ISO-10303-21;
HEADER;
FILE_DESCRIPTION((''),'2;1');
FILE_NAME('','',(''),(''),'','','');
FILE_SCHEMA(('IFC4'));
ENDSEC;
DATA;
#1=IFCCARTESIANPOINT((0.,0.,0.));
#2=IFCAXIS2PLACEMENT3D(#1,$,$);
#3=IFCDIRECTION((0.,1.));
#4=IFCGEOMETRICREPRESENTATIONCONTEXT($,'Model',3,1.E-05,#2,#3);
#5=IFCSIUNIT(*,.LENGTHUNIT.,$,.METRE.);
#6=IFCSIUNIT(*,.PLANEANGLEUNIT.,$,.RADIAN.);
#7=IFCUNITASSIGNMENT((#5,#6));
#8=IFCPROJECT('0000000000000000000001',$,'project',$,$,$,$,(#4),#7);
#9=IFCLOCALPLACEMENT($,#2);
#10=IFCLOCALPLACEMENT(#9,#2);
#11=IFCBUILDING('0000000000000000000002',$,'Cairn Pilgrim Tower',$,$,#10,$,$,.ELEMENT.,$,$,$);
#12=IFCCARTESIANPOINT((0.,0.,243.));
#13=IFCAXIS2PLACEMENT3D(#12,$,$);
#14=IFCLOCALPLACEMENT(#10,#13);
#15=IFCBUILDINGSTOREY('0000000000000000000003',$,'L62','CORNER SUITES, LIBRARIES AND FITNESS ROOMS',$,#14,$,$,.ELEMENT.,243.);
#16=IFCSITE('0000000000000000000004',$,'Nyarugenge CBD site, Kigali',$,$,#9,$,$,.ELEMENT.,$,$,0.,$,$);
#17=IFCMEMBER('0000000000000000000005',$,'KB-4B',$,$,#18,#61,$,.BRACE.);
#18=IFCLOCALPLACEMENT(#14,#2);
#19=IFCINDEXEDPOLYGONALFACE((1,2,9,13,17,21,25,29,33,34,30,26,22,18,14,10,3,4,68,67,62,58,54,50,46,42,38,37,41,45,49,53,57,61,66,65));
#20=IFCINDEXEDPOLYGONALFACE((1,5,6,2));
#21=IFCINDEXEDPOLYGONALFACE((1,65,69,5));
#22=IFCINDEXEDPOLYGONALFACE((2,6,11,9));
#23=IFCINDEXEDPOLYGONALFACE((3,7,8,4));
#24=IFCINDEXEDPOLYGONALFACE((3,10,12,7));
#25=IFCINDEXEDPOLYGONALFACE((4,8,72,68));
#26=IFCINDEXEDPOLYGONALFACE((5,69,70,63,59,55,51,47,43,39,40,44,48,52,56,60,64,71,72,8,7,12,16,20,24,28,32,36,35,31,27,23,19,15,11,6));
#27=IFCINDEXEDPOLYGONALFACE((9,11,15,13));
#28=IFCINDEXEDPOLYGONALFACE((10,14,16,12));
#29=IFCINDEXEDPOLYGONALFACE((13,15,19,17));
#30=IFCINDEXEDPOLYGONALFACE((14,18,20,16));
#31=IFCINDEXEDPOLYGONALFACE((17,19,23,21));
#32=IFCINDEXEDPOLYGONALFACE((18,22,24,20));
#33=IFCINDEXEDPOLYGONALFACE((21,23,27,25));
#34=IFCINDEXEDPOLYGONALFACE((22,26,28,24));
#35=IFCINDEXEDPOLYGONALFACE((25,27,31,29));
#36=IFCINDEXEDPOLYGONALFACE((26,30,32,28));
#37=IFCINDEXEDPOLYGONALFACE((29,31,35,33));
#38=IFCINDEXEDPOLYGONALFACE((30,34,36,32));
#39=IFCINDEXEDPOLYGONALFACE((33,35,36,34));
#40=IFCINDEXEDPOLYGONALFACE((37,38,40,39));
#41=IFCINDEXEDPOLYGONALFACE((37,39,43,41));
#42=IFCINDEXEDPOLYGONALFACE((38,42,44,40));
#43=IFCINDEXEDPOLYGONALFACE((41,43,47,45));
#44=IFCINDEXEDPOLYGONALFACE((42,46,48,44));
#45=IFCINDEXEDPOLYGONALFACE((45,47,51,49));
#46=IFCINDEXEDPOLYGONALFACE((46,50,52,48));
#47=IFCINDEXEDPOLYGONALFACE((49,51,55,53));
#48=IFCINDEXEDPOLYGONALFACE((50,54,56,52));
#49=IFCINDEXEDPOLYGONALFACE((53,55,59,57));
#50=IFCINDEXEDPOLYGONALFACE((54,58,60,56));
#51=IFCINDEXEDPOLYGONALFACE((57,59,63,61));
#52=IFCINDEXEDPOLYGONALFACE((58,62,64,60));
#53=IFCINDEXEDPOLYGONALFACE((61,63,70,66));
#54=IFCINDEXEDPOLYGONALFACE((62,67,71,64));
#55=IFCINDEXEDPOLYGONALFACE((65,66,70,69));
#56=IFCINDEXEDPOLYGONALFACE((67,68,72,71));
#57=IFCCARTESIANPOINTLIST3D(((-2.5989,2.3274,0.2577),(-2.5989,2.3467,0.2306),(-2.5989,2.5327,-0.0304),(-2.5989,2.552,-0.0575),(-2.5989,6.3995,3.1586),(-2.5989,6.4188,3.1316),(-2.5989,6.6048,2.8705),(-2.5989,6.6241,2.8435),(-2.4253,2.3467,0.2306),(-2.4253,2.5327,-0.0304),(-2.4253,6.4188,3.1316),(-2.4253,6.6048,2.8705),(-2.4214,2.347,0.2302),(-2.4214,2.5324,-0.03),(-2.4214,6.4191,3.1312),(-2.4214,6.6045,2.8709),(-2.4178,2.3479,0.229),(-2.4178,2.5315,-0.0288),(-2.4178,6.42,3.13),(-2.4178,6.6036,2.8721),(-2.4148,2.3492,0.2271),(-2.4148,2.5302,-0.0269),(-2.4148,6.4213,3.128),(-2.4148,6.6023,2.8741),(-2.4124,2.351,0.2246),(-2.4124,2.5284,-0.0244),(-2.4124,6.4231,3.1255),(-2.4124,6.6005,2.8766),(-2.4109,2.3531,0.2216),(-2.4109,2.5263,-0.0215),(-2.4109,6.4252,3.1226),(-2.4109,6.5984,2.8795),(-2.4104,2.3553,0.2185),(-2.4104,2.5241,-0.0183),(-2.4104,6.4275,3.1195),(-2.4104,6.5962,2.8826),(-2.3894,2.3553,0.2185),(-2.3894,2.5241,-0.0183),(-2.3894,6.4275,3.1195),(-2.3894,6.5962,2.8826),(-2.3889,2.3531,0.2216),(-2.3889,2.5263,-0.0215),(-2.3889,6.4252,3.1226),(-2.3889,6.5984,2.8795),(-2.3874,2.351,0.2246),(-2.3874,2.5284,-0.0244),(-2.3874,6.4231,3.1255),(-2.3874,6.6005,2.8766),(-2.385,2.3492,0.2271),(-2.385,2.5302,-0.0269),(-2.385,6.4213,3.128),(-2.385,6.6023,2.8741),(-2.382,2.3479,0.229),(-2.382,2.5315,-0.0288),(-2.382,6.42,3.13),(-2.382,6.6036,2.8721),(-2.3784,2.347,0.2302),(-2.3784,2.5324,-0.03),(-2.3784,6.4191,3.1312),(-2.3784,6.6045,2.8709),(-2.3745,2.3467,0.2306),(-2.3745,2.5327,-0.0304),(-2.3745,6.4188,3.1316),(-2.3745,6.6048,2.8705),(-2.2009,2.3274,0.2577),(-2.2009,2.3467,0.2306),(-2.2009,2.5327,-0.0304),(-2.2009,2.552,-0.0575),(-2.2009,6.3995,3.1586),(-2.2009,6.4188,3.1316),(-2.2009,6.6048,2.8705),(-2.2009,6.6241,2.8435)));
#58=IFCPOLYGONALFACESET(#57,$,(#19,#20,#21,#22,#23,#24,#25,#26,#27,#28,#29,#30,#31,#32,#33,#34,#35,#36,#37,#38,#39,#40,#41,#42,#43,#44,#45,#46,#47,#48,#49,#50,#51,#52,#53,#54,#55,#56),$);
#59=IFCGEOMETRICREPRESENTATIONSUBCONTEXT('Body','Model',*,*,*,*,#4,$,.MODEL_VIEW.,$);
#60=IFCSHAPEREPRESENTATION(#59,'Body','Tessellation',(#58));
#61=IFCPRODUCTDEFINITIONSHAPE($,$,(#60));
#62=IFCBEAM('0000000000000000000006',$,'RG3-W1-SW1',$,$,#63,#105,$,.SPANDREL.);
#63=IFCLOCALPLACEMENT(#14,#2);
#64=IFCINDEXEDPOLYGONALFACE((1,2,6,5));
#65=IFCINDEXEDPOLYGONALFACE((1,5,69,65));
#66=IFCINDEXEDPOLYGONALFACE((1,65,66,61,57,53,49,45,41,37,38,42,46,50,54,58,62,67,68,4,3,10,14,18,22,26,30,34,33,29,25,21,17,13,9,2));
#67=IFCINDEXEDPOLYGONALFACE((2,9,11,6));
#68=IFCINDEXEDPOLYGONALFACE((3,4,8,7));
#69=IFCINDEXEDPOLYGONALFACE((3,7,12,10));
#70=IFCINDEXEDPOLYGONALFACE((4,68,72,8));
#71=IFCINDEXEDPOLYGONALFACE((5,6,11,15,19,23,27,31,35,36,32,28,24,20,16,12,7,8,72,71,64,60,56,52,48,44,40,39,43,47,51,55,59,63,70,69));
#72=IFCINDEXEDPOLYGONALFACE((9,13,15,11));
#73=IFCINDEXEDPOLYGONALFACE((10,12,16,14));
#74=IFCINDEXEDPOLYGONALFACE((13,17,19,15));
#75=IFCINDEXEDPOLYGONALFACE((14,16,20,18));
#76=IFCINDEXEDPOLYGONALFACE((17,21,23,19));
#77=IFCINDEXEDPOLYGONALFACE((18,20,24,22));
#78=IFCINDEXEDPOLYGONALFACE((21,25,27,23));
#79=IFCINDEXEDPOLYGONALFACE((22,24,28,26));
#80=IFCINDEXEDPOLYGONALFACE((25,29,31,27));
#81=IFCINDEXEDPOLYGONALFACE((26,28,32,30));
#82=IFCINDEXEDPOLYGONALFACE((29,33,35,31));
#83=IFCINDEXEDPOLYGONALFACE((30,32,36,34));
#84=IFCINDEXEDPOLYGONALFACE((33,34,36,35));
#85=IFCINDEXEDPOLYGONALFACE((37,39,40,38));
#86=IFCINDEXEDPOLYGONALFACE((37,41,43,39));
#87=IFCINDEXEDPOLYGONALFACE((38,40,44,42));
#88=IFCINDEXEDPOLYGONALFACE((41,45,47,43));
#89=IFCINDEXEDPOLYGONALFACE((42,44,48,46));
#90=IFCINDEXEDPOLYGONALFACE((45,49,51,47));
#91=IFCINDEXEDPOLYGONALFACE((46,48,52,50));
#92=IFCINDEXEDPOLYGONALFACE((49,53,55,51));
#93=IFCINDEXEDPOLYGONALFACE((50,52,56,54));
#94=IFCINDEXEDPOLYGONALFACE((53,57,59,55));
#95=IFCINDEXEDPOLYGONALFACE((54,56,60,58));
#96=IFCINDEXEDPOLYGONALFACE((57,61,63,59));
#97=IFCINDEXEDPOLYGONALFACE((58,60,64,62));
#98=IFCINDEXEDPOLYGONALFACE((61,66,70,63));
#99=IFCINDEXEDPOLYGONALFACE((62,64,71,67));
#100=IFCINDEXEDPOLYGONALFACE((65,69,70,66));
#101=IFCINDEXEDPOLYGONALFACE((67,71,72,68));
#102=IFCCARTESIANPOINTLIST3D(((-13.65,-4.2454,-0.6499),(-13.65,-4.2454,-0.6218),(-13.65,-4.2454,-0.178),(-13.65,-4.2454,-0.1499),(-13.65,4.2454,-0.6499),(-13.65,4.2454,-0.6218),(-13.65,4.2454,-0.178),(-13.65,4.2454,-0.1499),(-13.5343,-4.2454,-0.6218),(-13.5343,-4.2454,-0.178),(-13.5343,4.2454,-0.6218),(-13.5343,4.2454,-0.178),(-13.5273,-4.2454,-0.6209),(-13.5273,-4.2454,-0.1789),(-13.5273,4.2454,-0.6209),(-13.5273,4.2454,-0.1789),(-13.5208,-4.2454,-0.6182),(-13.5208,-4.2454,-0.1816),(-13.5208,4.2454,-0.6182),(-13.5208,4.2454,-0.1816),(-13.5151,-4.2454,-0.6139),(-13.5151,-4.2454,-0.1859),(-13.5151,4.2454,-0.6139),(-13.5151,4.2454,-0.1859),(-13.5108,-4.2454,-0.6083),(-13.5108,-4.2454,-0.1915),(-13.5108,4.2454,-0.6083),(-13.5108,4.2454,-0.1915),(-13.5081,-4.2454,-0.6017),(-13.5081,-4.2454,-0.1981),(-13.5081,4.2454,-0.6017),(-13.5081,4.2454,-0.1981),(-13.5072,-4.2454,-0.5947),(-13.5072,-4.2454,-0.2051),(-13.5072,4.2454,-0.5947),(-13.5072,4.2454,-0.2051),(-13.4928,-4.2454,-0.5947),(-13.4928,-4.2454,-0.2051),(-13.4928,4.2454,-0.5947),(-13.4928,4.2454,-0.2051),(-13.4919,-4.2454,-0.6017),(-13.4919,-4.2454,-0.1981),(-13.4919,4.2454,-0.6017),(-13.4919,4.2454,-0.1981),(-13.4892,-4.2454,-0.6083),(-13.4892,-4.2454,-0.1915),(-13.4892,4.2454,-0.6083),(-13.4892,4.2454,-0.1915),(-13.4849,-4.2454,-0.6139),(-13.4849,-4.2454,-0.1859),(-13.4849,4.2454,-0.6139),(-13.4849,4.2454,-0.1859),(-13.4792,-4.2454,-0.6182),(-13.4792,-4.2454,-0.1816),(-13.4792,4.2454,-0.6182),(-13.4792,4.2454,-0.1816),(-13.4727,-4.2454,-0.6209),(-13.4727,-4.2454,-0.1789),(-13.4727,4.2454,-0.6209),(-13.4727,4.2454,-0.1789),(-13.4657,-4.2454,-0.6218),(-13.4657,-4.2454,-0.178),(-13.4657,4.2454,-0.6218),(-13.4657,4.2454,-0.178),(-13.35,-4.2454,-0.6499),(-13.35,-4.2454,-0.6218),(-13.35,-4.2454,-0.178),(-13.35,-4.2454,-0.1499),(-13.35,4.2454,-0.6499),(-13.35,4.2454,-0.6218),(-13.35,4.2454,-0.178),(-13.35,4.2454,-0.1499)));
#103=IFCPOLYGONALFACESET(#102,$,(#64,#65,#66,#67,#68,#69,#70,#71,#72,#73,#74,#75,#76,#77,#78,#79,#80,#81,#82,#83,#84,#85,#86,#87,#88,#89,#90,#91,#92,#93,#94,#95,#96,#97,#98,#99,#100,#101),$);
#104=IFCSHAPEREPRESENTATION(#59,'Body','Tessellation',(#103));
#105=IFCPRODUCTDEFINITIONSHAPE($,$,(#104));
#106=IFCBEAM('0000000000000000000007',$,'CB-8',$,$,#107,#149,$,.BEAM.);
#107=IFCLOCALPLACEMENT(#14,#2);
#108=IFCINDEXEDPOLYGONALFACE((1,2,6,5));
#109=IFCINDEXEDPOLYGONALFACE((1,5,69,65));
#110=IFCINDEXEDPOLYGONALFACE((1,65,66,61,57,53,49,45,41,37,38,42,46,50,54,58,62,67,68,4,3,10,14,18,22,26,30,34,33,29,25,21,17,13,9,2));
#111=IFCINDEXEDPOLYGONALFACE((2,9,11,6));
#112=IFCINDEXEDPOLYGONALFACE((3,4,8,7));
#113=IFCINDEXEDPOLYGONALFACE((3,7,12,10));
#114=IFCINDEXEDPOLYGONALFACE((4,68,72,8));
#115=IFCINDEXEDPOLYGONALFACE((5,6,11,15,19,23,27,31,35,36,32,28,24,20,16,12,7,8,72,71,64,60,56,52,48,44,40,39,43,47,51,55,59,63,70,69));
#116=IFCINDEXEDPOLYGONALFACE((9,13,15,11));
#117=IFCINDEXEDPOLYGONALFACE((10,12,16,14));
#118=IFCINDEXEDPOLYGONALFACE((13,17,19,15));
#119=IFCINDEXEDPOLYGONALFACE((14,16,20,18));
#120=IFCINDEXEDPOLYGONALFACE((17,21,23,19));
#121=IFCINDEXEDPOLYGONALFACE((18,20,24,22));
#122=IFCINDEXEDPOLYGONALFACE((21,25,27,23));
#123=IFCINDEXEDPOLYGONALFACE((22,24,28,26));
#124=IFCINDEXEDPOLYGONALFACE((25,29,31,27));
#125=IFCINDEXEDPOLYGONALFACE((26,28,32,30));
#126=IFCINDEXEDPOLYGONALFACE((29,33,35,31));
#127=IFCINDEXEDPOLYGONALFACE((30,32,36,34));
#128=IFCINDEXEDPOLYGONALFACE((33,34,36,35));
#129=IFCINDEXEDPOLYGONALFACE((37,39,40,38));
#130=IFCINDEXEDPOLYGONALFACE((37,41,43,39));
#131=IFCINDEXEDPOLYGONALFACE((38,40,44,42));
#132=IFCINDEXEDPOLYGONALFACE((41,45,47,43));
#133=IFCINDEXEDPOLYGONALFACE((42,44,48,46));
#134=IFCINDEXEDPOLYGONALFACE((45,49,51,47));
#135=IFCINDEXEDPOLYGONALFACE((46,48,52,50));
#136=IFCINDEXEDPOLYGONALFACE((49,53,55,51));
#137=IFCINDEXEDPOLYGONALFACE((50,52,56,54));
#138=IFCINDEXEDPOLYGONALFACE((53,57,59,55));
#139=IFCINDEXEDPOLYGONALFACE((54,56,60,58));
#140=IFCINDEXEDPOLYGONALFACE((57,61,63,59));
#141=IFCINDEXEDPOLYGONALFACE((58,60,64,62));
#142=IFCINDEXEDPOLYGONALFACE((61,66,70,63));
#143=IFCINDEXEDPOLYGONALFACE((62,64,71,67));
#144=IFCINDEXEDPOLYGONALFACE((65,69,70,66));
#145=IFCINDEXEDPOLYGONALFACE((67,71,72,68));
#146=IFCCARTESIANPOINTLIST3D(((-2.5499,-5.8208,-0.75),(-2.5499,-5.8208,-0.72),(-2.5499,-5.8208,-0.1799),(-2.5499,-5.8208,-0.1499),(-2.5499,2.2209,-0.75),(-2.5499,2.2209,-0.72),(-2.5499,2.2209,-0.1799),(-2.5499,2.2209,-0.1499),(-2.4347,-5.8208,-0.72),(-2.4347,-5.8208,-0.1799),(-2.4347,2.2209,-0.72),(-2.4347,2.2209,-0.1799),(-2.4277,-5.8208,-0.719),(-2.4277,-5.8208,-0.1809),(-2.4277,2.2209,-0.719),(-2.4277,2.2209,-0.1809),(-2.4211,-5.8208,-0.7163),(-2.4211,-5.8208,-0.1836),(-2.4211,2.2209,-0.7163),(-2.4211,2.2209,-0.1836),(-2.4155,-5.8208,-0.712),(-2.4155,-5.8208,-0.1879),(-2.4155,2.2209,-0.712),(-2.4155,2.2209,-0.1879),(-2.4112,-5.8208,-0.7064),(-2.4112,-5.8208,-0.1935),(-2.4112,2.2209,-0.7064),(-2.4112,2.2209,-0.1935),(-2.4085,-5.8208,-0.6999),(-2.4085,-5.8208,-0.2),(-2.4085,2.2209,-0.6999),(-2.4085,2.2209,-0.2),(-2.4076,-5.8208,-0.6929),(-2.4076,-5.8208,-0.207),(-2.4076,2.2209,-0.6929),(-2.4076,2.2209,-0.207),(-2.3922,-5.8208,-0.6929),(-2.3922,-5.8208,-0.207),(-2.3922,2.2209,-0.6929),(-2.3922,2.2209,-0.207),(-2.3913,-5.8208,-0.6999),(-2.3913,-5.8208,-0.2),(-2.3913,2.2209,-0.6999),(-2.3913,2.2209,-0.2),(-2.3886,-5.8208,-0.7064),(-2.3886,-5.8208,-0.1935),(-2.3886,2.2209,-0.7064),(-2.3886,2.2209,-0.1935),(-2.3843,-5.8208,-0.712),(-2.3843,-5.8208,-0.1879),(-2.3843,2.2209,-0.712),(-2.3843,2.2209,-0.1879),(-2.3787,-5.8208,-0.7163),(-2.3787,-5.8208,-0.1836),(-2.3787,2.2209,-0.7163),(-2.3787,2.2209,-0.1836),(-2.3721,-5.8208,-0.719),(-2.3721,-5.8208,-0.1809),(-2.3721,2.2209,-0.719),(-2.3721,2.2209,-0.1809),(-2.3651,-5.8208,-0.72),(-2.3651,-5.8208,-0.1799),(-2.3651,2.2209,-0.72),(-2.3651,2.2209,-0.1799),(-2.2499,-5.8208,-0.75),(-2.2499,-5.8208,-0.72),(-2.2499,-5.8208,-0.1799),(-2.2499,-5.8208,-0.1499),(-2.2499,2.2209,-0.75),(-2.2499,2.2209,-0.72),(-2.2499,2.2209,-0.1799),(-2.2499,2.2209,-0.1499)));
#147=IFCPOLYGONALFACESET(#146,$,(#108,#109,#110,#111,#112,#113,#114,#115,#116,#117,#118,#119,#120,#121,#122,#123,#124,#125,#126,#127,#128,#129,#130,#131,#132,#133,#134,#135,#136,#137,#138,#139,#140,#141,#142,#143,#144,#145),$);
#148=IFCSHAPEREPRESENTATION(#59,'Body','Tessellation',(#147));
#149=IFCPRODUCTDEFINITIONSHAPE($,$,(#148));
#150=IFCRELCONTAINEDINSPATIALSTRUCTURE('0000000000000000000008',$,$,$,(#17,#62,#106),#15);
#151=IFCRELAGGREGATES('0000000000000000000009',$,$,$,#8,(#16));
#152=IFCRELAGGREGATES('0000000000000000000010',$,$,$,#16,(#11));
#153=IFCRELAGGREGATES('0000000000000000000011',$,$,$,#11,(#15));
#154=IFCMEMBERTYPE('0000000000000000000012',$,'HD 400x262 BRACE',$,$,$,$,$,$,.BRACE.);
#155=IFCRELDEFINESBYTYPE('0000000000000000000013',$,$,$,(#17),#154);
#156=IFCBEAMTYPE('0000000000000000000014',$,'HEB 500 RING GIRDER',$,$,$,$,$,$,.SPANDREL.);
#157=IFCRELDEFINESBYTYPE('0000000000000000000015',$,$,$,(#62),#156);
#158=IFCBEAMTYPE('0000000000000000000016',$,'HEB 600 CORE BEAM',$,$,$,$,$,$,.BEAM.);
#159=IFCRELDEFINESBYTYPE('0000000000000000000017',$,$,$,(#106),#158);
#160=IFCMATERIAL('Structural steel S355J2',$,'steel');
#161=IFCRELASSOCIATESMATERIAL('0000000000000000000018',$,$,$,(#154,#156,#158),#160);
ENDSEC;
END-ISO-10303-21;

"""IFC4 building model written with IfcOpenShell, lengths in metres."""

from ifc_helpers import new_model, si_unit, direction, frame, origin, origin_2d, place, context, subcontext, project, spatial, i_section, extrude, material, material_profile, profile_set, type_object, element, save


model = new_model("IFC4")

# Units and contexts
model_context = context("Model", 3, precision=1e-05, world=origin(), true_north=direction((0.0, 1.0)))
body_context = subcontext(model_context, "Body", "Model", "MODEL_VIEW")
ifc_project = project(units=[si_unit("LENGTHUNIT", "METRE"), si_unit("PLANEANGLEUNIT", "RADIAN")], contexts=[model_context])

# Site, building, storey
site_placement = place(None, origin())
site = spatial("IfcSite", under=ifc_project, at=site_placement, Name="Nyarugenge CBD site, Kigali", CompositionType="ELEMENT", RefElevation=0.0)
building_placement = place(site_placement, origin())
building = spatial("IfcBuilding", under=site, at=building_placement, Name="Cairn Pilgrim Tower", CompositionType="ELEMENT")
storey_placement = place(building_placement, frame((0.0, 0.0, 243.0)))
storey = spatial("IfcBuildingStorey", under=building, at=storey_placement, Name="L62", Description="CORNER SUITES, LIBRARIES AND FITNESS ROOMS", CompositionType="ELEMENT", Elevation=243.0)

# Shared definitions
ifc_material_1 = material(Name="Structural steel S355J2", Category="steel")

# Member
ifc_material_profile_1 = material_profile(ifc_material_1, i_section(OverallWidth=0.3979, OverallDepth=0.387, WebThickness=0.021, FlangeThickness=0.0332, FilletRadius=0.0149, at=origin_2d()), Name="HD 400x262")
ifc_profile_set_1 = profile_set([ifc_material_profile_1], Name="Structural steel S355J2")
member_type_1 = type_object("IfcMemberType", Name="HD 400x262 BRACE", PredefinedType="BRACE", material=ifc_profile_set_1)
member_1_placement = place(storey_placement, frame((-2.3999, 2.4397, 0.1001), z_axis=(0.0, 0.814462, 0.580217), x_axis=(-1.0, 0.0, 0.0)))
element("IfcMember", 1, at=member_1_placement, inside=storey, type_object=member_type_1, Name="KB-4B", PredefinedType="BRACE", context=body_context, shape_type="SweptSolid", body=[
    extrude(i_section(OverallWidth=0.3979, OverallDepth=0.387, WebThickness=0.021, FlangeThickness=0.0332, FilletRadius=0.0149, at=origin_2d()), origin(), (0.0, 0.0, 1.0), 4.9998),
])

# Beams
ifc_material_profile_2 = material_profile(ifc_material_1, i_section(OverallWidth=0.3, OverallDepth=0.5, WebThickness=0.0144, FlangeThickness=0.0281, FilletRadius=0.0271, at=origin_2d()), Name="HEB 500")
ifc_profile_set_2 = profile_set([ifc_material_profile_2], Name="Structural steel S355J2")
beam_type_1 = type_object("IfcBeamType", Name="HEB 500 RING GIRDER", PredefinedType="SPANDREL", material=ifc_profile_set_2)
beam_1_placement = place(storey_placement, frame((-13.5, 4.2454, -0.3999), z_axis=(0.0, -1.0, 0.0), x_axis=(1.0, 0.0, 0.0)))
element("IfcBeam", 2, at=beam_1_placement, inside=storey, type_object=beam_type_1, Name="RG3-W1-SW1", PredefinedType="SPANDREL", context=body_context, shape_type="SweptSolid", body=[
    extrude(i_section(OverallWidth=0.3, OverallDepth=0.5, WebThickness=0.0144, FlangeThickness=0.0281, FilletRadius=0.0271, at=origin_2d()), origin(), (0.0, 0.0, 1.0), 8.4907),
])
ifc_material_profile_3 = material_profile(ifc_material_1, i_section(OverallWidth=0.3, OverallDepth=0.6001, WebThickness=0.0154, FlangeThickness=0.03, FilletRadius=0.0271, at=origin_2d()), Name="HEB 600")
ifc_profile_set_3 = profile_set([ifc_material_profile_3], Name="Structural steel S355J2")
beam_type_2 = type_object("IfcBeamType", Name="HEB 600 CORE BEAM", PredefinedType="BEAM", material=ifc_profile_set_3)
beam_2_placement = place(storey_placement, frame((-2.3999, 2.2209, -0.45), z_axis=(0.0, -1.0, 0.0), x_axis=(1.0, 0.0, 0.0)))
element("IfcBeam", 3, at=beam_2_placement, inside=storey, type_object=beam_type_2, Name="CB-8", PredefinedType="BEAM", context=body_context, shape_type="SweptSolid", body=[
    extrude(i_section(OverallWidth=0.3, OverallDepth=0.6001, WebThickness=0.0154, FlangeThickness=0.03, FilletRadius=0.0271, at=origin_2d()), origin(), (0.0, 0.0, 1.0), 8.0417),
])

save(model, "model.ifc")
